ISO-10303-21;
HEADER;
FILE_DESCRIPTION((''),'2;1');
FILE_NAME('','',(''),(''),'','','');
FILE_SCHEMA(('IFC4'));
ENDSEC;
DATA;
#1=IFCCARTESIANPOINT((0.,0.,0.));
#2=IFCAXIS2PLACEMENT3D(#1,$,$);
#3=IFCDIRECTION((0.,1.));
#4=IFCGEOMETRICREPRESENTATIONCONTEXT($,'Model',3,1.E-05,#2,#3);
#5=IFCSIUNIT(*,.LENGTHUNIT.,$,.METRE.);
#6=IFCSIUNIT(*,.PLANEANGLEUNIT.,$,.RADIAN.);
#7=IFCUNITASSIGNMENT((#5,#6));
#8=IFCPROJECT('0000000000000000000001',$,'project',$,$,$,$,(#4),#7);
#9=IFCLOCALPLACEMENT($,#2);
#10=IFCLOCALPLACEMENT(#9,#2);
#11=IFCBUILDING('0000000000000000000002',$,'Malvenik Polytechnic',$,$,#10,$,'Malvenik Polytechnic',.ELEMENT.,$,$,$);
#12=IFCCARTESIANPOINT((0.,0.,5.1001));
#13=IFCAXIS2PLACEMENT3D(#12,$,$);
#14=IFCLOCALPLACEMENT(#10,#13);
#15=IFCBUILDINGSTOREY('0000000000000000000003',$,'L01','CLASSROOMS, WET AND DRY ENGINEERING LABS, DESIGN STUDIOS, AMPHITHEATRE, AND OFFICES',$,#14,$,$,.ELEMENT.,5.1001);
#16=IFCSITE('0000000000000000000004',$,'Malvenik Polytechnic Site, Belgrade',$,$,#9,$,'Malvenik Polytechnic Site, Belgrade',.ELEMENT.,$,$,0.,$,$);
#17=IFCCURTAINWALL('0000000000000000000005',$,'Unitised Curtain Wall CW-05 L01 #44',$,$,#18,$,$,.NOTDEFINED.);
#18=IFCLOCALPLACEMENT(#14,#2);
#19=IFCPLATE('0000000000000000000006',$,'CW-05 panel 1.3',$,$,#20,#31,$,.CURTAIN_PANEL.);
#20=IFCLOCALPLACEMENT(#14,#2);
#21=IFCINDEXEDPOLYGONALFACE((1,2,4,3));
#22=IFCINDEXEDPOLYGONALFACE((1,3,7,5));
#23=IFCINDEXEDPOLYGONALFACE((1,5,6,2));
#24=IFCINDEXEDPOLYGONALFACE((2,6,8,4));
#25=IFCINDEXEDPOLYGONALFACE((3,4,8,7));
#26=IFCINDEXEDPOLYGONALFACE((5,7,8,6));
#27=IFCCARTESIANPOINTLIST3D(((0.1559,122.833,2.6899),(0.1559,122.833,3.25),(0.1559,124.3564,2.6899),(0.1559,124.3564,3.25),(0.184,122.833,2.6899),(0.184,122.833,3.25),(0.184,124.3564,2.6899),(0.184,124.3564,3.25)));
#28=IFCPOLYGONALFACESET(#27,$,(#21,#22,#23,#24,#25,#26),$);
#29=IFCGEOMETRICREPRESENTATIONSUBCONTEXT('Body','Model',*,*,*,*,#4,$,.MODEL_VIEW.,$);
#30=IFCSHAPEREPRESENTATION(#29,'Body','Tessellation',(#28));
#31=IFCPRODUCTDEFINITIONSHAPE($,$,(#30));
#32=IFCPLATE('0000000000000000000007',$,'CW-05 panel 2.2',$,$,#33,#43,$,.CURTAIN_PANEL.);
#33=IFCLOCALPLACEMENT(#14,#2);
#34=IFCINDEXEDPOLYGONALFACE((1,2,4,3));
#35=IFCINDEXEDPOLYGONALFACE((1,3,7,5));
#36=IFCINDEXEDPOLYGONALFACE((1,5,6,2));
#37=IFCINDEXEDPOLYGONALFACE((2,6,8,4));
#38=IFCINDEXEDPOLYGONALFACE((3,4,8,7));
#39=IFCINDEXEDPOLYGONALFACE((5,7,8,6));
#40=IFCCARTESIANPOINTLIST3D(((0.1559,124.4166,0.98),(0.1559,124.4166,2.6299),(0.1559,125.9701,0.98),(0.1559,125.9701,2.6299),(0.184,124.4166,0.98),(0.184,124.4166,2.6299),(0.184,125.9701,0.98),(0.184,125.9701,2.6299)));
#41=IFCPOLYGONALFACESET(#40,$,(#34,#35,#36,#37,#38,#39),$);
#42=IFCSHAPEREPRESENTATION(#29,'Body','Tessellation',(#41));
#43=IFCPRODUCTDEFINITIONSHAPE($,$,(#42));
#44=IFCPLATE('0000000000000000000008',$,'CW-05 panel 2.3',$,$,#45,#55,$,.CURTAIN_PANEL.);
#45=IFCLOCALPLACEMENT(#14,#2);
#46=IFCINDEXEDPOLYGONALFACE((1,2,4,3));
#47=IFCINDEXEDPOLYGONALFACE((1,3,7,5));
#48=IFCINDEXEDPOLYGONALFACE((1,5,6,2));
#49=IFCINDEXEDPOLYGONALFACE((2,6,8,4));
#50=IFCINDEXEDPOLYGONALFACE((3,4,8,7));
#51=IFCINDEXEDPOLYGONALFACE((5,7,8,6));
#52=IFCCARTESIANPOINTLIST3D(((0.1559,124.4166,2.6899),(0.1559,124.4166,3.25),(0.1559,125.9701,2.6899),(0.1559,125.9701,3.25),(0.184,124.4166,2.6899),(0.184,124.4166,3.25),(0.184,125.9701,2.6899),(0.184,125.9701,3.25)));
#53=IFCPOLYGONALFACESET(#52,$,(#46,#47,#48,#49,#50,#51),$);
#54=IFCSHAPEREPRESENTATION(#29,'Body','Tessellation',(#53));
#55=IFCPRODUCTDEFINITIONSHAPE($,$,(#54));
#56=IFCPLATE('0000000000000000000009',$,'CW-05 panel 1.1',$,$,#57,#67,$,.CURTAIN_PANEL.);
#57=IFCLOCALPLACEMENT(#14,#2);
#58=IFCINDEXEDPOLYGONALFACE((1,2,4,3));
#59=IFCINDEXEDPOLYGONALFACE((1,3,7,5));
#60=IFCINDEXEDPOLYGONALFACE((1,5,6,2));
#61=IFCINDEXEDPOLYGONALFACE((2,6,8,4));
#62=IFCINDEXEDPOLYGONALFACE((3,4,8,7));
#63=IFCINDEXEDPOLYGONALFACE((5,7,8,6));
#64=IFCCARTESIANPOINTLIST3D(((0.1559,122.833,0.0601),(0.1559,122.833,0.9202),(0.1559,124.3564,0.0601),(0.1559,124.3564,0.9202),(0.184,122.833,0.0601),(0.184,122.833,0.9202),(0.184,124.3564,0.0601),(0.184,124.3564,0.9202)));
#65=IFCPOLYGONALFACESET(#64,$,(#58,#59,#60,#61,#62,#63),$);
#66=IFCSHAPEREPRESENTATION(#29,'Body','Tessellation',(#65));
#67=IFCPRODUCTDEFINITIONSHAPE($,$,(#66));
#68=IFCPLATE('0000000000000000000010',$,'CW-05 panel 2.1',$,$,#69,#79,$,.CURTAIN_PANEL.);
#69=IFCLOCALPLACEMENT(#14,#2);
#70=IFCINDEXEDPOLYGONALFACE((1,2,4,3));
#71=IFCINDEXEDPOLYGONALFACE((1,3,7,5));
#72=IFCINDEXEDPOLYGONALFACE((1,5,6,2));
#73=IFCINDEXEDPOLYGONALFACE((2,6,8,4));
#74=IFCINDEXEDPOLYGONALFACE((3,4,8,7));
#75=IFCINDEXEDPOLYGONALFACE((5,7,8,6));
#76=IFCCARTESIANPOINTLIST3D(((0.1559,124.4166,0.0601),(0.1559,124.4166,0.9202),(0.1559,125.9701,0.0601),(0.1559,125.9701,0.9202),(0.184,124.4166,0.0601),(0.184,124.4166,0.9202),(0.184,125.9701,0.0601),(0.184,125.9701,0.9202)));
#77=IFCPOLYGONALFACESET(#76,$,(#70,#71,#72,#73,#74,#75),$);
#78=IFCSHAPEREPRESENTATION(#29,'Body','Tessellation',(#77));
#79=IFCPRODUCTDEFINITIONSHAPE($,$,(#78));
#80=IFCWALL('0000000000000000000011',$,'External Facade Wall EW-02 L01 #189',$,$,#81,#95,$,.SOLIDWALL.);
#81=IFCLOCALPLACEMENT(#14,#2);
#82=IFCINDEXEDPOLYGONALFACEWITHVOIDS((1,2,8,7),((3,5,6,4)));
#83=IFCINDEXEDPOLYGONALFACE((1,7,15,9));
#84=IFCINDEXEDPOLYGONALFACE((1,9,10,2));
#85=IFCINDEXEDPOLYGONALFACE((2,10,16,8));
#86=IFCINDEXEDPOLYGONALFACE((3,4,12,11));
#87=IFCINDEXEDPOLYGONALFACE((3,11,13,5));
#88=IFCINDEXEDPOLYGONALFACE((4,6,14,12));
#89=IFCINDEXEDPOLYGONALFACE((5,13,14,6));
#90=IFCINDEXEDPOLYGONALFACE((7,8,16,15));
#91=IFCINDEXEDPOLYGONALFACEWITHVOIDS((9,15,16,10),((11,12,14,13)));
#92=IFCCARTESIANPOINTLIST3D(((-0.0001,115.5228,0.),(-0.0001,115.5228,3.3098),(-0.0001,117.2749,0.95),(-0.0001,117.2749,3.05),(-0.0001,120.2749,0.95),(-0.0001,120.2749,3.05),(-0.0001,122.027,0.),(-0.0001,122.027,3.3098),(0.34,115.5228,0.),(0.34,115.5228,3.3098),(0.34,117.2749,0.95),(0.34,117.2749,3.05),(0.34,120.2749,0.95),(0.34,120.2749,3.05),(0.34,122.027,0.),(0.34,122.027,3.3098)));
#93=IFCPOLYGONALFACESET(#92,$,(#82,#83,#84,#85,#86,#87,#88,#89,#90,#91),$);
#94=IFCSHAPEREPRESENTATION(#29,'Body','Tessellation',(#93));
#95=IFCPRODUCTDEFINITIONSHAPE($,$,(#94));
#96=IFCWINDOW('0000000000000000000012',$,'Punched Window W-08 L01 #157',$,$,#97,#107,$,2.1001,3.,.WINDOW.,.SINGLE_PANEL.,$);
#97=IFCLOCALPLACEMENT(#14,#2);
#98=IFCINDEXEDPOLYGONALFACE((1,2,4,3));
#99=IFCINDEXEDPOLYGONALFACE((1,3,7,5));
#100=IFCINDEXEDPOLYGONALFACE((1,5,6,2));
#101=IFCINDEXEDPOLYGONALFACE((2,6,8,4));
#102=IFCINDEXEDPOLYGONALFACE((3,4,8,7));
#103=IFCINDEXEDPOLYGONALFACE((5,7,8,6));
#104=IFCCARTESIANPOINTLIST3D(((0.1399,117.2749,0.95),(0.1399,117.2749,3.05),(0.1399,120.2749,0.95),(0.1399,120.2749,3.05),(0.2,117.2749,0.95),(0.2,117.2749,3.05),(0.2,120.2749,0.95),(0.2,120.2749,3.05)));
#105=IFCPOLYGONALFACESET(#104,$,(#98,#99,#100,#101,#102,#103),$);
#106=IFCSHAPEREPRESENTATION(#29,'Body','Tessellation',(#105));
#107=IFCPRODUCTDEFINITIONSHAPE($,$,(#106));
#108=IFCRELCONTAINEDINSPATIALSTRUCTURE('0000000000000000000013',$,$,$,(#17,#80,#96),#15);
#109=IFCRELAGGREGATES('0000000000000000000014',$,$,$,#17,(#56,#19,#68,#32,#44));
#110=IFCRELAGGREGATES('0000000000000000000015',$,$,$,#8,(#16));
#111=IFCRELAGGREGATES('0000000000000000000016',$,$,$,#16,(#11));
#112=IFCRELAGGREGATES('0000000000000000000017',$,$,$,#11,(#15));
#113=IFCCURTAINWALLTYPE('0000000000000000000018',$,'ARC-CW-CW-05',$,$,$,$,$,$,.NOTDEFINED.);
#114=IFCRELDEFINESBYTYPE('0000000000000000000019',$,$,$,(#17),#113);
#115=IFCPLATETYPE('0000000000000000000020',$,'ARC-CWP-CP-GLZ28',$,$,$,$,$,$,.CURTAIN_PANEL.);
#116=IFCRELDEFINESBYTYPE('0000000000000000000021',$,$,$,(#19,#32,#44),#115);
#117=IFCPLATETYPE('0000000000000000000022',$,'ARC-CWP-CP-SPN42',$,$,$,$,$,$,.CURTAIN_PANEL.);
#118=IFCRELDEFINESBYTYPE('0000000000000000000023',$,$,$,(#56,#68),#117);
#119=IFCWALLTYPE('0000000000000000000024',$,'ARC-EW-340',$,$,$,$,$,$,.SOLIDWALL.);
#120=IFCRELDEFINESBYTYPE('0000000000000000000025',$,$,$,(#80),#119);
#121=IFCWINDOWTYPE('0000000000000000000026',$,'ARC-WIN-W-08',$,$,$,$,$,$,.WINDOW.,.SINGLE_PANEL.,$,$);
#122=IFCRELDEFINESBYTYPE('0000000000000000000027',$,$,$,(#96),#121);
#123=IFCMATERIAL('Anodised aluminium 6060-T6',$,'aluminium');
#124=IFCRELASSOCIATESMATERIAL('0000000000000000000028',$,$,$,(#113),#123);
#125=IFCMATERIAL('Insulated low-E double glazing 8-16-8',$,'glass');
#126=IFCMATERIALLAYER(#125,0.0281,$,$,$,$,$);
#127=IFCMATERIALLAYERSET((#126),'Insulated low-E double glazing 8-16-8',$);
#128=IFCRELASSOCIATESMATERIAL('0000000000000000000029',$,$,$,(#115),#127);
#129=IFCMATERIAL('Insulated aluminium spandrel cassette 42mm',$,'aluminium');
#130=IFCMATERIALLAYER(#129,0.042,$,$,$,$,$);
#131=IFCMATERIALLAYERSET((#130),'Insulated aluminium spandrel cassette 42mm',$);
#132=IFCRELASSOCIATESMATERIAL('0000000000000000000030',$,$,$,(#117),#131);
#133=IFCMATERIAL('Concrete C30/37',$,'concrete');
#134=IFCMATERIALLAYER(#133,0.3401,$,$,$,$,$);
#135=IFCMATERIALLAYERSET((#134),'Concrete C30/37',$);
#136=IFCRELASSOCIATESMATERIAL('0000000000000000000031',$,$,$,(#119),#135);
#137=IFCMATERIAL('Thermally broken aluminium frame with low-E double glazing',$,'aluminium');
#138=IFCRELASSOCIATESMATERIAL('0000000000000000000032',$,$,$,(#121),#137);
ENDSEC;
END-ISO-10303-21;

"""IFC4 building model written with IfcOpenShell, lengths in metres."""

from ifc_helpers import new_model, si_unit, direction, frame, frame_2d, origin, origin_2d, place, context, subcontext, project, spatial, rectangle, extrude, material, layer, layer_set, type_object, element, fill, aggregate, save


model = new_model("IFC4")

# Units and contexts
model_context = context("Model", 3, precision=1e-05, world=origin(), true_north=direction((0.0, 1.0)))
body_context = subcontext(model_context, "Body", "Model", "MODEL_VIEW")
ifc_project = project(units=[si_unit("LENGTHUNIT", "METRE"), si_unit("PLANEANGLEUNIT", "RADIAN")], contexts=[model_context])

# Site, building, storey
site_placement = place(None, origin())
site = spatial("IfcSite", under=ifc_project, at=site_placement, Name="Malvenik Polytechnic Site, Belgrade", LongName="Malvenik Polytechnic Site, Belgrade", CompositionType="ELEMENT", RefElevation=0.0)
building_placement = place(site_placement, origin())
building = spatial("IfcBuilding", under=site, at=building_placement, Name="Malvenik Polytechnic", LongName="Malvenik Polytechnic", CompositionType="ELEMENT")
storey_placement = place(building_placement, frame((0.0, 0.0, 5.1001)))
storey = spatial("IfcBuildingStorey", under=building, at=storey_placement, Name="L01", Description="CLASSROOMS, WET AND DRY ENGINEERING LABS, DESIGN STUDIOS, AMPHITHEATRE, AND OFFICES", CompositionType="ELEMENT", Elevation=5.1001)

# Curtain wall
ifc_material_1 = material(Name="Anodised aluminium 6060-T6", Category="aluminium")
curtain_wall_type = type_object("IfcCurtainWallType", Name="ARC-CW-CW-05", PredefinedType="NOTDEFINED", material=ifc_material_1)
curtain_wall_placement = place(storey_placement, origin())
curtain_wall = element("IfcCurtainWall", 1, at=curtain_wall_placement, inside=storey, type_object=curtain_wall_type, Name="Unitised Curtain Wall CW-05 L01 #44", PredefinedType="NOTDEFINED")

# Plates
ifc_material_2 = material(Name="Insulated low-E double glazing 8-16-8", Category="glass")
ifc_layer_1 = layer(ifc_material_2, 0.0281)
ifc_layer_set_1 = layer_set([ifc_layer_1], Name="Insulated low-E double glazing 8-16-8")
plate_type_1 = type_object("IfcPlateType", Name="ARC-CWP-CP-GLZ28", PredefinedType="CURTAIN_PANEL", material=ifc_layer_set_1)
plate_1_placement = place(storey_placement, frame((0.1699, 123.5947, 2.6899), z_axis=(0.0, 0.0, 1.0), x_axis=(0.0, 1.0, 0.0)))
plate_1 = element("IfcPlate", 2, at=plate_1_placement, type_object=plate_type_1, Name="CW-05 panel 1.3", PredefinedType="CURTAIN_PANEL", context=body_context, shape_type="SweptSolid", body=[
    extrude(rectangle(XDim=1.5234, YDim=0.0281, at=origin_2d()), origin(), (0.0, 0.0, 1.0), 0.5601),
])
plate_2_placement = place(storey_placement, frame((0.1699, 125.1934, 0.98), z_axis=(0.0, 0.0, 1.0), x_axis=(0.0, 1.0, 0.0)))
plate_2 = element("IfcPlate", 3, at=plate_2_placement, type_object=plate_type_1, Name="CW-05 panel 2.2", PredefinedType="CURTAIN_PANEL", context=body_context, shape_type="SweptSolid", body=[
    extrude(rectangle(XDim=1.5535, YDim=0.0281, at=origin_2d()), origin(), (0.0, 0.0, 1.0), 1.6499),
])
plate_3_placement = place(storey_placement, frame((0.1699, 125.1934, 2.6899), z_axis=(0.0, 0.0, 1.0), x_axis=(0.0, 1.0, 0.0)))
plate_3 = element("IfcPlate", 4, at=plate_3_placement, type_object=plate_type_1, Name="CW-05 panel 2.3", PredefinedType="CURTAIN_PANEL", context=body_context, shape_type="SweptSolid", body=[
    extrude(rectangle(XDim=1.5535, YDim=0.0281, at=origin_2d()), origin(), (0.0, 0.0, 1.0), 0.5601),
])
ifc_material_3 = material(Name="Insulated aluminium spandrel cassette 42mm", Category="aluminium")
ifc_layer_2 = layer(ifc_material_3, 0.042)
ifc_layer_set_2 = layer_set([ifc_layer_2], Name="Insulated aluminium spandrel cassette 42mm")
plate_type_2 = type_object("IfcPlateType", Name="ARC-CWP-CP-SPN42", PredefinedType="CURTAIN_PANEL", material=ifc_layer_set_2)
plate_4_placement = place(storey_placement, frame((0.1699, 123.5947, 0.0601), z_axis=(0.0, 0.0, 1.0), x_axis=(0.0, 1.0, 0.0)))
plate_4 = element("IfcPlate", 5, at=plate_4_placement, type_object=plate_type_2, Name="CW-05 panel 1.1", PredefinedType="CURTAIN_PANEL", context=body_context, shape_type="SweptSolid", body=[
    extrude(rectangle(XDim=1.5234, YDim=0.0281, at=origin_2d()), origin(), (0.0, 0.0, 1.0), 0.8601),
])
plate_5_placement = place(storey_placement, frame((0.1699, 125.1934, 0.0601), z_axis=(0.0, 0.0, 1.0), x_axis=(0.0, 1.0, 0.0)))
plate_5 = element("IfcPlate", 6, at=plate_5_placement, type_object=plate_type_2, Name="CW-05 panel 2.1", PredefinedType="CURTAIN_PANEL", context=body_context, shape_type="SweptSolid", body=[
    extrude(rectangle(XDim=1.5535, YDim=0.0281, at=origin_2d()), origin(), (0.0, 0.0, 1.0), 0.8601),
])
aggregate(curtain_wall, [plate_4, plate_1, plate_5, plate_2, plate_3])

# Wall, opening, window
ifc_material_4 = material(Name="Concrete C30/37", Category="concrete")
ifc_layer_3 = layer(ifc_material_4, 0.3401)
ifc_layer_set_3 = layer_set([ifc_layer_3], Name="Concrete C30/37")
wall_type = type_object("IfcWallType", Name="ARC-EW-340", PredefinedType="SOLIDWALL", material=ifc_layer_set_3)
wall_placement = place(storey_placement, frame((0.1699, 115.5229, 0.0), z_axis=(0.0, 0.0, 1.0), x_axis=(0.0, 1.0, 0.0)))
wall = element("IfcWall", 7, at=wall_placement, inside=storey, type_object=wall_type, Name="External Facade Wall EW-02 L01 #189", PredefinedType="SOLIDWALL", context=body_context, shape_type="SweptSolid", body=[
    extrude(rectangle(XDim=6.5042, YDim=0.3401, at=frame_2d((3.252, 0.0))), origin(), (0.0, 0.0, 1.0), 3.3098),
])
opening_placement = place(wall_placement, frame((1.752, 0.0, 0.95)))
opening = element("IfcOpeningElement", 8, at=opening_placement, cuts=wall, PredefinedType="OPENING", context=body_context, shape_type="SweptSolid", body=[
    extrude(rectangle(XDim=3.0, YDim=2.1001, at=frame_2d((1.5, 1.05))), frame((0.0, 0.1802, 0.0), z_axis=(0.0, -1.0, 0.0), x_axis=(1.0, 0.0, 0.0)), (0.0, 0.0, 1.0), 0.3601),
])
ifc_material_5 = material(Name="Thermally broken aluminium frame with low-E double glazing", Category="aluminium")
window_type = type_object("IfcWindowType", Name="ARC-WIN-W-08", PartitioningType="SINGLE_PANEL", PredefinedType="WINDOW", material=ifc_material_5)
window_placement = place(opening_placement, origin())
window = element("IfcWindow", 9, at=window_placement, inside=storey, type_object=window_type, Name="Punched Window W-08 L01 #157", OverallHeight=2.1001, OverallWidth=3.0, PartitioningType="SINGLE_PANEL", PredefinedType="WINDOW", context=body_context, shape_type="SweptSolid", body=[
    extrude(rectangle(XDim=3.0, YDim=2.1001, at=frame_2d((1.5, 1.05))), frame((0.0, 0.03, 0.0), z_axis=(0.0, -1.0, 0.0), x_axis=(1.0, 0.0, 0.0)), (0.0, 0.0, 1.0), 0.0601),
])
fill(opening, window)

save(model, "model.ifc")
